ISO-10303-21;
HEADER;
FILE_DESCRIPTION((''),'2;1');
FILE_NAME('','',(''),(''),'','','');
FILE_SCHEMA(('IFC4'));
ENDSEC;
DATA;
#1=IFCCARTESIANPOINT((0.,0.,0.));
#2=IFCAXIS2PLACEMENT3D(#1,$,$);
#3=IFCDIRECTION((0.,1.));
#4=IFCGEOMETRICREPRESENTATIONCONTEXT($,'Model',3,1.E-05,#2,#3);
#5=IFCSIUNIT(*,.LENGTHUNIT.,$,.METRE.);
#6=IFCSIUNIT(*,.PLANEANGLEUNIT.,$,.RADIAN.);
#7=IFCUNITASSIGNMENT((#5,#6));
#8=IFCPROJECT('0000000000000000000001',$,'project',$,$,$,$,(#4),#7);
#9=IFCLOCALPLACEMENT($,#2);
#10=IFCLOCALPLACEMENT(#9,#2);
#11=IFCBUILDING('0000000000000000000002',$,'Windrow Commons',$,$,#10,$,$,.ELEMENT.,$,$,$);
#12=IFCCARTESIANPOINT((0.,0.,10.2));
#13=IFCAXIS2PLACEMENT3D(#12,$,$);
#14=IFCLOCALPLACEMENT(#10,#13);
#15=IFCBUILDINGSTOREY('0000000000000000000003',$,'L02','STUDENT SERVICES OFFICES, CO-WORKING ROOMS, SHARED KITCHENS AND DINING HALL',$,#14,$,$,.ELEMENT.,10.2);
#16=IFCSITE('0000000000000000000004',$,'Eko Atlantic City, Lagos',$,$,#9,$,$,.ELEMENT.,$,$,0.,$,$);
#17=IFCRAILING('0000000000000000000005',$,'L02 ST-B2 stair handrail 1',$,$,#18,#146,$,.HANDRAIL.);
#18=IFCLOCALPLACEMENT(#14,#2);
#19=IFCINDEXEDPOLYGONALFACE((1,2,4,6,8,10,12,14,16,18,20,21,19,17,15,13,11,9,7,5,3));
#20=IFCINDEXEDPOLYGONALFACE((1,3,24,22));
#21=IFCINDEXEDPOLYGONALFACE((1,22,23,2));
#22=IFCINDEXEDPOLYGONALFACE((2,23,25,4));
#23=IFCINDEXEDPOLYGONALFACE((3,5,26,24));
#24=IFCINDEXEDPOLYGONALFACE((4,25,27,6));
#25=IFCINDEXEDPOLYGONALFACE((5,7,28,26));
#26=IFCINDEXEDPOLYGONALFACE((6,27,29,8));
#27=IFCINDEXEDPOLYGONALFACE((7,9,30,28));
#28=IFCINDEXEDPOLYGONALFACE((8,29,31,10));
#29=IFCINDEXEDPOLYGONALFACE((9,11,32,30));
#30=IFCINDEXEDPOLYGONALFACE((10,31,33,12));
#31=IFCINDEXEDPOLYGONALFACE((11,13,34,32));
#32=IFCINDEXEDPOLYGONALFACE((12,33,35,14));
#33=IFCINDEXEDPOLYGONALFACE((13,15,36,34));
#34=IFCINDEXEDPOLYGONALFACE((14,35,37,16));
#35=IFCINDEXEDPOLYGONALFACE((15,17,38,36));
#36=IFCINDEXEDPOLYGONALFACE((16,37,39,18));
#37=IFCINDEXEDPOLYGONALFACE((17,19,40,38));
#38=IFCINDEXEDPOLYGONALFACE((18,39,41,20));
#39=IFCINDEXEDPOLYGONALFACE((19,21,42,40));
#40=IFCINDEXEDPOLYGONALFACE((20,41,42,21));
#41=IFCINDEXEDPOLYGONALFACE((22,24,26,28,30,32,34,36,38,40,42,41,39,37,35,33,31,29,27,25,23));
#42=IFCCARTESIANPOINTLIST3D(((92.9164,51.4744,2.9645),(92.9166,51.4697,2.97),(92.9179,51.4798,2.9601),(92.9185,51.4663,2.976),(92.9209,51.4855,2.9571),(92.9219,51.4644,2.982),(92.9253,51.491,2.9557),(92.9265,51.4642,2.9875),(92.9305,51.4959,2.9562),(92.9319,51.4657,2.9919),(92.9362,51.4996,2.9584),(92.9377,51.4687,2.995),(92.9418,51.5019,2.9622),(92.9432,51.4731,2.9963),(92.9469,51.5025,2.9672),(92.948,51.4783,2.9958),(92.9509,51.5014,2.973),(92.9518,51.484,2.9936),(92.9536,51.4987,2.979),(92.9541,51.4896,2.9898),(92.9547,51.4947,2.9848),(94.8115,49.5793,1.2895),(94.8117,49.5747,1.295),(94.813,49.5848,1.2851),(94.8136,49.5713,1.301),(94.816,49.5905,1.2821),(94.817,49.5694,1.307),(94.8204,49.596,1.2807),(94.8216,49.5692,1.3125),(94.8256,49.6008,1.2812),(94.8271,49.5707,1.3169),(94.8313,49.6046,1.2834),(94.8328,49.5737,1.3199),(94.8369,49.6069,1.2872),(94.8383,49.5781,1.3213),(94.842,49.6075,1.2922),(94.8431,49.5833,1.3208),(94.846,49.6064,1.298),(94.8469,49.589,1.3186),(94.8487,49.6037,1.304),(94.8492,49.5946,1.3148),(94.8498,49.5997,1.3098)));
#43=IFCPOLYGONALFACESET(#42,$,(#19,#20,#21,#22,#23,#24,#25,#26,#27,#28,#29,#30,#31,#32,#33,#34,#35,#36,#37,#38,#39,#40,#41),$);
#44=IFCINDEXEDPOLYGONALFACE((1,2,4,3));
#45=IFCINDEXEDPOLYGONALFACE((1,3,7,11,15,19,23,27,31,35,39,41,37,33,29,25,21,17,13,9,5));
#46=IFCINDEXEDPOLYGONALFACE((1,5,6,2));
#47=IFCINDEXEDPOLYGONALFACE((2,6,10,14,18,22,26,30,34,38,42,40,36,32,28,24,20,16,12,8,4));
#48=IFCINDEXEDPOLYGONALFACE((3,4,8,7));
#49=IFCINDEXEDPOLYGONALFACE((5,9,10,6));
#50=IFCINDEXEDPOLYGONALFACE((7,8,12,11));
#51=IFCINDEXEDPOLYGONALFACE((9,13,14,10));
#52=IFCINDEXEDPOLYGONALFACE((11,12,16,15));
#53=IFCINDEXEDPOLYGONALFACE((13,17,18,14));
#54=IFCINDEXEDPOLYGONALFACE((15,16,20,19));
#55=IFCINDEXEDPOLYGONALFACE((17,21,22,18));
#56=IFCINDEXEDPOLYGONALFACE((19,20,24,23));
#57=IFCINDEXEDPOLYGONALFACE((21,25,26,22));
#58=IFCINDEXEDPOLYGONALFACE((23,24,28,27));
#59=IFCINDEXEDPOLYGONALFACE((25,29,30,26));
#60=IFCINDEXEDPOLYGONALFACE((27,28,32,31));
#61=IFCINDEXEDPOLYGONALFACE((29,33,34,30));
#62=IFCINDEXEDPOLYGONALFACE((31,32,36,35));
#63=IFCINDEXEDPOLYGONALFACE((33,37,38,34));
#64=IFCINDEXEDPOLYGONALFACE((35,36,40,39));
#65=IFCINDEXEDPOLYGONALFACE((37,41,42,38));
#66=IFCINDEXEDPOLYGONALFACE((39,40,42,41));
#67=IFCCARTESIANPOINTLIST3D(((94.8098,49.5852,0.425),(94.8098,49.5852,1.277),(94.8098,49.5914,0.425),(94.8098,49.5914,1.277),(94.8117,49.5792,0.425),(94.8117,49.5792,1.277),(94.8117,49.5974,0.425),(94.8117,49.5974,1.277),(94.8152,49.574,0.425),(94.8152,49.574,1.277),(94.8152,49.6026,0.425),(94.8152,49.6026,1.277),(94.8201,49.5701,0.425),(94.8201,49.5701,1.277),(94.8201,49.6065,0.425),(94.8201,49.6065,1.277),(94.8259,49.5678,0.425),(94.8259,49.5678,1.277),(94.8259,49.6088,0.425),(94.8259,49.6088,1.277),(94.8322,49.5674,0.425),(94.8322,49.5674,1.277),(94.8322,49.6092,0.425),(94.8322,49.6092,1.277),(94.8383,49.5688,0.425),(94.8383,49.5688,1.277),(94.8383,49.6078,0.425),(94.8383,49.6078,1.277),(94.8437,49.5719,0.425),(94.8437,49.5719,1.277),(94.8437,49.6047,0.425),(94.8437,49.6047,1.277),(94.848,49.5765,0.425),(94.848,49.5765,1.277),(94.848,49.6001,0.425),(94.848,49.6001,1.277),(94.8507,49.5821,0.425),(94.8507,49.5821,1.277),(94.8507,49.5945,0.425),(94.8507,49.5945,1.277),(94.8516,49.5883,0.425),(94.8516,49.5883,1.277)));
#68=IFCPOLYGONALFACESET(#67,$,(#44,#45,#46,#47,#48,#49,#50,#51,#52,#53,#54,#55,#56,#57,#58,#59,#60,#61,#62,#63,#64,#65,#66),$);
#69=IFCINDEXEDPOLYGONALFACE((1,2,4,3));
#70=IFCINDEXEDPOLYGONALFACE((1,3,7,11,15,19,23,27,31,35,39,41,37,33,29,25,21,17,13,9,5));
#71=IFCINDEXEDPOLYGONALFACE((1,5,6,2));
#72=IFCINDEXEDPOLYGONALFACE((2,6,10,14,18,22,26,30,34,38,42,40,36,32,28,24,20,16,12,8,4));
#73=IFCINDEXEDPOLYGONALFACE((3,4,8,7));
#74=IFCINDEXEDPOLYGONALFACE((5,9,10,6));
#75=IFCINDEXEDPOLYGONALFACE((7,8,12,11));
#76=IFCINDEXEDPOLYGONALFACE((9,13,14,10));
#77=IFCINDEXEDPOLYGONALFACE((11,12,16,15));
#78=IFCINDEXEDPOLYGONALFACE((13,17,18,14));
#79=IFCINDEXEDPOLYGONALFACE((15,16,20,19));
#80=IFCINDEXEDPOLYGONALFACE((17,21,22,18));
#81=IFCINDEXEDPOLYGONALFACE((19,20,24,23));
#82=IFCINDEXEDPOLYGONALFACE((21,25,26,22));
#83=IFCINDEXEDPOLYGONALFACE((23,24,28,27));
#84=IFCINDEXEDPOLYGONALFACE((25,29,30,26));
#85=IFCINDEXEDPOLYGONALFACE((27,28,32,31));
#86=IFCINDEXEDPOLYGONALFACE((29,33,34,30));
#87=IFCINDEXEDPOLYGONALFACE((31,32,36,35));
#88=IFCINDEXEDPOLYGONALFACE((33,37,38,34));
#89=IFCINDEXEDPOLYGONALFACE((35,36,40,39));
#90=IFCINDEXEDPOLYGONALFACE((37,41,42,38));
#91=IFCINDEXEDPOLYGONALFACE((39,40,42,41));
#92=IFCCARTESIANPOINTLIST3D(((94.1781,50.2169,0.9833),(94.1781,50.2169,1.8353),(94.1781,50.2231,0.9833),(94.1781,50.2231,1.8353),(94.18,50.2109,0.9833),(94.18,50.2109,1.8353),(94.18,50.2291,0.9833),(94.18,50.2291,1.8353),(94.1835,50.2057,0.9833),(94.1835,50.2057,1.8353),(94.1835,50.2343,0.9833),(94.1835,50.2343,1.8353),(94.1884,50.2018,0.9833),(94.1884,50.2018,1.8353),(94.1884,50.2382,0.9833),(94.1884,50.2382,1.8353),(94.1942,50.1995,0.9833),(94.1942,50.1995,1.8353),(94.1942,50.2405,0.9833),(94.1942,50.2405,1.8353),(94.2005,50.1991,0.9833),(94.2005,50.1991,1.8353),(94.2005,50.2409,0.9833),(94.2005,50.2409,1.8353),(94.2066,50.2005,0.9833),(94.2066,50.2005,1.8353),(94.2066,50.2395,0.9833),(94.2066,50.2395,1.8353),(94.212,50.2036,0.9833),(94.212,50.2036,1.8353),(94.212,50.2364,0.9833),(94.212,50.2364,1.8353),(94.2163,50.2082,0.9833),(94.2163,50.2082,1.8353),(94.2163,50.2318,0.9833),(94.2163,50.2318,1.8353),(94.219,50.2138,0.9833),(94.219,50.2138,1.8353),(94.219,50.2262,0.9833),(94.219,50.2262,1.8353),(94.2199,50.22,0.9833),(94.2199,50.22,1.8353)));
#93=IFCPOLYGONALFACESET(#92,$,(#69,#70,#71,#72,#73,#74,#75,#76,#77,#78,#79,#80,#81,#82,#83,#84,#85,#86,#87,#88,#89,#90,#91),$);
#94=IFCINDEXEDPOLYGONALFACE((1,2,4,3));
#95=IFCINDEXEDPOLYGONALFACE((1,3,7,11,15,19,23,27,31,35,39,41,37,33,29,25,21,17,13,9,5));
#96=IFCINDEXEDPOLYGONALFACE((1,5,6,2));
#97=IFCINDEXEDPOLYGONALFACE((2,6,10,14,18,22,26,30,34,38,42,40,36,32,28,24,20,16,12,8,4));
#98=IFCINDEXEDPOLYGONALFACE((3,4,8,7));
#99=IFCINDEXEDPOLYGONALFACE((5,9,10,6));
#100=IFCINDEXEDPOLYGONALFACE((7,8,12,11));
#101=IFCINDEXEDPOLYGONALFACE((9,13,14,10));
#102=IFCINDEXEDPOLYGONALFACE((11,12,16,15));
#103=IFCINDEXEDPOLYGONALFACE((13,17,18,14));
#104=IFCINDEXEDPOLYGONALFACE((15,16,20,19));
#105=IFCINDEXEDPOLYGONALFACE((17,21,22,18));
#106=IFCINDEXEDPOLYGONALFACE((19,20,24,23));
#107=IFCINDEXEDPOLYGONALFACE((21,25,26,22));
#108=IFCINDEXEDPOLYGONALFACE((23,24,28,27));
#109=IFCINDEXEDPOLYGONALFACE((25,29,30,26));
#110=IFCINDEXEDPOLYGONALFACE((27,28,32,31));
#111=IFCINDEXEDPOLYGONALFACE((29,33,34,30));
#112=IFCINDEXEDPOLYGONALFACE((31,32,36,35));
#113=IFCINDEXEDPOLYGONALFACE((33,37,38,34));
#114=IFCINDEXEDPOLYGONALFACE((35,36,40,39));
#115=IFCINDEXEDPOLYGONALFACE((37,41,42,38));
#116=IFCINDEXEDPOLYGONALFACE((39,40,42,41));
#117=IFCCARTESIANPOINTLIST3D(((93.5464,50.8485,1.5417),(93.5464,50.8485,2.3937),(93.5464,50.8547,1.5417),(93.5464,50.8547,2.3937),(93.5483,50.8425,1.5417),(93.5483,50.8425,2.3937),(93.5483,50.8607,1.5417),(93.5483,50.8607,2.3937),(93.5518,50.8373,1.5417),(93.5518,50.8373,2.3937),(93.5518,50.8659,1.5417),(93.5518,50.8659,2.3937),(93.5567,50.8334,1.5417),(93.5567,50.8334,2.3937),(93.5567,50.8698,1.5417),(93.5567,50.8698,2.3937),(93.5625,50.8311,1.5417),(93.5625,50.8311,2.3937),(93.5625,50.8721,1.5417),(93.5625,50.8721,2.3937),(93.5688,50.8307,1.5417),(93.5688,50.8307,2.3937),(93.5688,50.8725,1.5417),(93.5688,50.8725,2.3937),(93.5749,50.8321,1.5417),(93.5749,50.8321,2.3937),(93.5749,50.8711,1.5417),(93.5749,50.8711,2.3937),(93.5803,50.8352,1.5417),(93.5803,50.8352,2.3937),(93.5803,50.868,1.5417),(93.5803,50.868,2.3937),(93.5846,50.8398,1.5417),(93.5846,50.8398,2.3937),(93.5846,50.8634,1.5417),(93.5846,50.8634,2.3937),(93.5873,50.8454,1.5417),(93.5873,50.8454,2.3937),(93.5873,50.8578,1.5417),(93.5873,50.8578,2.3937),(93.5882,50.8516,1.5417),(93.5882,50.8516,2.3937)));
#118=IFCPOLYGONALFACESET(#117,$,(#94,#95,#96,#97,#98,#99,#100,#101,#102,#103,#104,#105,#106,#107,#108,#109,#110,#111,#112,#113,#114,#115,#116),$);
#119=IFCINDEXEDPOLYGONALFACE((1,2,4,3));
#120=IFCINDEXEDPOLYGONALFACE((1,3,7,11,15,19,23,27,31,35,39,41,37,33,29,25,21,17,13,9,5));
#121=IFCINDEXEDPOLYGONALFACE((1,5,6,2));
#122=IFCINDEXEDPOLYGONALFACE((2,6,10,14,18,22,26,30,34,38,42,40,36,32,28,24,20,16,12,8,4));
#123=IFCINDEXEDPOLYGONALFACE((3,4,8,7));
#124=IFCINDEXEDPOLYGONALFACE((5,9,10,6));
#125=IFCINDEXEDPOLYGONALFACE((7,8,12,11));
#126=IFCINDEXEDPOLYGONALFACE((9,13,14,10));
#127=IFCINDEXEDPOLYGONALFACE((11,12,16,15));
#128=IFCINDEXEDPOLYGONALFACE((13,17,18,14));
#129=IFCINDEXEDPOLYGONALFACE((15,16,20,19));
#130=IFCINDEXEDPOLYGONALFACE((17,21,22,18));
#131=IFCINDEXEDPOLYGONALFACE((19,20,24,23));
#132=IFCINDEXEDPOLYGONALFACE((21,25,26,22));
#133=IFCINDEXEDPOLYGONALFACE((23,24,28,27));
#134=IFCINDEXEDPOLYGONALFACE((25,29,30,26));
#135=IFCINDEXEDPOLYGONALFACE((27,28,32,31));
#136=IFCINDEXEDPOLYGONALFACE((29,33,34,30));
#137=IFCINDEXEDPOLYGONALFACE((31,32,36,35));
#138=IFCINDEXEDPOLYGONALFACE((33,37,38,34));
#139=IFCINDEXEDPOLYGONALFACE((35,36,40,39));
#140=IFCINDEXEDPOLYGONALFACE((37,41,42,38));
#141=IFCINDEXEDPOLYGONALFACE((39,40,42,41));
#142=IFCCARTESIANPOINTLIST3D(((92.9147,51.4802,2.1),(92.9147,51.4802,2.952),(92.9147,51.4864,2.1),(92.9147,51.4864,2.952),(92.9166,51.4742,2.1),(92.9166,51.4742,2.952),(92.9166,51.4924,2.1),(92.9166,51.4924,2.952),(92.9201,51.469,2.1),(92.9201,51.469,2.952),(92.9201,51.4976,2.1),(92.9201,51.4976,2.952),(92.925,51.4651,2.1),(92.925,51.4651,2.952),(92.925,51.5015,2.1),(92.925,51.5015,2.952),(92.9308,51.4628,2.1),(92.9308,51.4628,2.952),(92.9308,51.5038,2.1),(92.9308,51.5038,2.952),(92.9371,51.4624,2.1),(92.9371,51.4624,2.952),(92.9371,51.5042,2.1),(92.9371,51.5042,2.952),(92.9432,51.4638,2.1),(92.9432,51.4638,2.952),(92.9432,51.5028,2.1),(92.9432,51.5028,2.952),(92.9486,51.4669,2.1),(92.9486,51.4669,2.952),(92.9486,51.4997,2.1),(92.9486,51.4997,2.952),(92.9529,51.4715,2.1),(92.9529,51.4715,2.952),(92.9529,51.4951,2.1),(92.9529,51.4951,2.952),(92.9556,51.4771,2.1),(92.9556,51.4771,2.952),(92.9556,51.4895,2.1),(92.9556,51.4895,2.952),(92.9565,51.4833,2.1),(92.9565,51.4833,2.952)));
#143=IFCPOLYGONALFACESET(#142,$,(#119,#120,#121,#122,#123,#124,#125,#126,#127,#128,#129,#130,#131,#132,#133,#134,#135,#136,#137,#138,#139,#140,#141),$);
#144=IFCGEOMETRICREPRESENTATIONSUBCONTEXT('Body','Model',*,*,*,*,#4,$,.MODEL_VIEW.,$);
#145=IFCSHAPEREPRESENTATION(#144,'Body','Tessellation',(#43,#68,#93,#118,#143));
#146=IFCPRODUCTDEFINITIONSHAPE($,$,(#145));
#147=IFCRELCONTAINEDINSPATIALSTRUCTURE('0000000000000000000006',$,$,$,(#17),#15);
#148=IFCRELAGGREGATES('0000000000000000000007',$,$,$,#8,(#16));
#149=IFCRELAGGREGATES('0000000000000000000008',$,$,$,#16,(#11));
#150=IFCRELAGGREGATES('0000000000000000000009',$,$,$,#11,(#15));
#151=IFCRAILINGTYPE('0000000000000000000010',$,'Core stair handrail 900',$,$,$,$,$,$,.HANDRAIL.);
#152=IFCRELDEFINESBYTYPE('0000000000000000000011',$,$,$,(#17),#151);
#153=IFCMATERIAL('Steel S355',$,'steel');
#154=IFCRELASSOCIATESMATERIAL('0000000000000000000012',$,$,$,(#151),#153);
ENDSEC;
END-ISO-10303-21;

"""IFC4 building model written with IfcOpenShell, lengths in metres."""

from ifc_helpers import new_model, si_unit, direction, frame, origin, origin_2d, place, context, subcontext, project, spatial, circle, extrude, material, type_object, element, save


model = new_model("IFC4")

# Units and contexts
model_context = context("Model", 3, precision=1e-05, world=origin(), true_north=direction((0.0, 1.0)))
body_context = subcontext(model_context, "Body", "Model", "MODEL_VIEW")
ifc_project = project(units=[si_unit("LENGTHUNIT", "METRE"), si_unit("PLANEANGLEUNIT", "RADIAN")], contexts=[model_context])

# Site, building, storey
site_placement = place(None, origin())
site = spatial("IfcSite", under=ifc_project, at=site_placement, Name="Eko Atlantic City, Lagos", CompositionType="ELEMENT", RefElevation=0.0)
building_placement = place(site_placement, origin())
building = spatial("IfcBuilding", under=site, at=building_placement, Name="Windrow Commons", CompositionType="ELEMENT")
storey_placement = place(building_placement, frame((0.0, 0.0, 10.2)))
storey = spatial("IfcBuildingStorey", under=building, at=storey_placement, Name="L02", Description="STUDENT SERVICES OFFICES, CO-WORKING ROOMS, SHARED KITCHENS AND DINING HALL", CompositionType="ELEMENT", Elevation=10.2)

# Railing
ifc_material_1 = material(Name="Steel S355", Category="steel")
railing_type_1 = type_object("IfcRailingType", Name="Core stair handrail 900", PredefinedType="HANDRAIL", material=ifc_material_1)
railing_1_placement = place(storey_placement, frame((94.8306, 49.5883, 0.425)))
element("IfcRailing", 1, at=railing_1_placement, inside=storey, type_object=railing_type_1, Name="L02 ST-B2 stair handrail 1", PredefinedType="HANDRAIL", context=body_context, shape_type="SweptSolid", body=[
    extrude(circle(Radius=0.024, at=origin_2d()), frame((0.0, 0.0, 0.876), z_axis=(-0.599642, 0.59961, 0.529998), x_axis=(-0.707088, -0.707125, 0.0)), (0.0, 0.0, 1.0), 3.1604),
    extrude(circle(Radius=0.021, at=origin_2d()), origin(), (0.0, 0.0, 1.0), 0.852),
    extrude(circle(Radius=0.021, at=origin_2d()), frame((-0.6317, 0.6317, 0.5583)), (0.0, 0.0, 1.0), 0.852),
    extrude(circle(Radius=0.021, at=origin_2d()), frame((-1.2634, 1.2633, 1.1167)), (0.0, 0.0, 1.0), 0.852),
    extrude(circle(Radius=0.021, at=origin_2d()), frame((-1.8951, 1.895, 1.675)), (0.0, 0.0, 1.0), 0.852),
])

save(model, "model.ifc")
